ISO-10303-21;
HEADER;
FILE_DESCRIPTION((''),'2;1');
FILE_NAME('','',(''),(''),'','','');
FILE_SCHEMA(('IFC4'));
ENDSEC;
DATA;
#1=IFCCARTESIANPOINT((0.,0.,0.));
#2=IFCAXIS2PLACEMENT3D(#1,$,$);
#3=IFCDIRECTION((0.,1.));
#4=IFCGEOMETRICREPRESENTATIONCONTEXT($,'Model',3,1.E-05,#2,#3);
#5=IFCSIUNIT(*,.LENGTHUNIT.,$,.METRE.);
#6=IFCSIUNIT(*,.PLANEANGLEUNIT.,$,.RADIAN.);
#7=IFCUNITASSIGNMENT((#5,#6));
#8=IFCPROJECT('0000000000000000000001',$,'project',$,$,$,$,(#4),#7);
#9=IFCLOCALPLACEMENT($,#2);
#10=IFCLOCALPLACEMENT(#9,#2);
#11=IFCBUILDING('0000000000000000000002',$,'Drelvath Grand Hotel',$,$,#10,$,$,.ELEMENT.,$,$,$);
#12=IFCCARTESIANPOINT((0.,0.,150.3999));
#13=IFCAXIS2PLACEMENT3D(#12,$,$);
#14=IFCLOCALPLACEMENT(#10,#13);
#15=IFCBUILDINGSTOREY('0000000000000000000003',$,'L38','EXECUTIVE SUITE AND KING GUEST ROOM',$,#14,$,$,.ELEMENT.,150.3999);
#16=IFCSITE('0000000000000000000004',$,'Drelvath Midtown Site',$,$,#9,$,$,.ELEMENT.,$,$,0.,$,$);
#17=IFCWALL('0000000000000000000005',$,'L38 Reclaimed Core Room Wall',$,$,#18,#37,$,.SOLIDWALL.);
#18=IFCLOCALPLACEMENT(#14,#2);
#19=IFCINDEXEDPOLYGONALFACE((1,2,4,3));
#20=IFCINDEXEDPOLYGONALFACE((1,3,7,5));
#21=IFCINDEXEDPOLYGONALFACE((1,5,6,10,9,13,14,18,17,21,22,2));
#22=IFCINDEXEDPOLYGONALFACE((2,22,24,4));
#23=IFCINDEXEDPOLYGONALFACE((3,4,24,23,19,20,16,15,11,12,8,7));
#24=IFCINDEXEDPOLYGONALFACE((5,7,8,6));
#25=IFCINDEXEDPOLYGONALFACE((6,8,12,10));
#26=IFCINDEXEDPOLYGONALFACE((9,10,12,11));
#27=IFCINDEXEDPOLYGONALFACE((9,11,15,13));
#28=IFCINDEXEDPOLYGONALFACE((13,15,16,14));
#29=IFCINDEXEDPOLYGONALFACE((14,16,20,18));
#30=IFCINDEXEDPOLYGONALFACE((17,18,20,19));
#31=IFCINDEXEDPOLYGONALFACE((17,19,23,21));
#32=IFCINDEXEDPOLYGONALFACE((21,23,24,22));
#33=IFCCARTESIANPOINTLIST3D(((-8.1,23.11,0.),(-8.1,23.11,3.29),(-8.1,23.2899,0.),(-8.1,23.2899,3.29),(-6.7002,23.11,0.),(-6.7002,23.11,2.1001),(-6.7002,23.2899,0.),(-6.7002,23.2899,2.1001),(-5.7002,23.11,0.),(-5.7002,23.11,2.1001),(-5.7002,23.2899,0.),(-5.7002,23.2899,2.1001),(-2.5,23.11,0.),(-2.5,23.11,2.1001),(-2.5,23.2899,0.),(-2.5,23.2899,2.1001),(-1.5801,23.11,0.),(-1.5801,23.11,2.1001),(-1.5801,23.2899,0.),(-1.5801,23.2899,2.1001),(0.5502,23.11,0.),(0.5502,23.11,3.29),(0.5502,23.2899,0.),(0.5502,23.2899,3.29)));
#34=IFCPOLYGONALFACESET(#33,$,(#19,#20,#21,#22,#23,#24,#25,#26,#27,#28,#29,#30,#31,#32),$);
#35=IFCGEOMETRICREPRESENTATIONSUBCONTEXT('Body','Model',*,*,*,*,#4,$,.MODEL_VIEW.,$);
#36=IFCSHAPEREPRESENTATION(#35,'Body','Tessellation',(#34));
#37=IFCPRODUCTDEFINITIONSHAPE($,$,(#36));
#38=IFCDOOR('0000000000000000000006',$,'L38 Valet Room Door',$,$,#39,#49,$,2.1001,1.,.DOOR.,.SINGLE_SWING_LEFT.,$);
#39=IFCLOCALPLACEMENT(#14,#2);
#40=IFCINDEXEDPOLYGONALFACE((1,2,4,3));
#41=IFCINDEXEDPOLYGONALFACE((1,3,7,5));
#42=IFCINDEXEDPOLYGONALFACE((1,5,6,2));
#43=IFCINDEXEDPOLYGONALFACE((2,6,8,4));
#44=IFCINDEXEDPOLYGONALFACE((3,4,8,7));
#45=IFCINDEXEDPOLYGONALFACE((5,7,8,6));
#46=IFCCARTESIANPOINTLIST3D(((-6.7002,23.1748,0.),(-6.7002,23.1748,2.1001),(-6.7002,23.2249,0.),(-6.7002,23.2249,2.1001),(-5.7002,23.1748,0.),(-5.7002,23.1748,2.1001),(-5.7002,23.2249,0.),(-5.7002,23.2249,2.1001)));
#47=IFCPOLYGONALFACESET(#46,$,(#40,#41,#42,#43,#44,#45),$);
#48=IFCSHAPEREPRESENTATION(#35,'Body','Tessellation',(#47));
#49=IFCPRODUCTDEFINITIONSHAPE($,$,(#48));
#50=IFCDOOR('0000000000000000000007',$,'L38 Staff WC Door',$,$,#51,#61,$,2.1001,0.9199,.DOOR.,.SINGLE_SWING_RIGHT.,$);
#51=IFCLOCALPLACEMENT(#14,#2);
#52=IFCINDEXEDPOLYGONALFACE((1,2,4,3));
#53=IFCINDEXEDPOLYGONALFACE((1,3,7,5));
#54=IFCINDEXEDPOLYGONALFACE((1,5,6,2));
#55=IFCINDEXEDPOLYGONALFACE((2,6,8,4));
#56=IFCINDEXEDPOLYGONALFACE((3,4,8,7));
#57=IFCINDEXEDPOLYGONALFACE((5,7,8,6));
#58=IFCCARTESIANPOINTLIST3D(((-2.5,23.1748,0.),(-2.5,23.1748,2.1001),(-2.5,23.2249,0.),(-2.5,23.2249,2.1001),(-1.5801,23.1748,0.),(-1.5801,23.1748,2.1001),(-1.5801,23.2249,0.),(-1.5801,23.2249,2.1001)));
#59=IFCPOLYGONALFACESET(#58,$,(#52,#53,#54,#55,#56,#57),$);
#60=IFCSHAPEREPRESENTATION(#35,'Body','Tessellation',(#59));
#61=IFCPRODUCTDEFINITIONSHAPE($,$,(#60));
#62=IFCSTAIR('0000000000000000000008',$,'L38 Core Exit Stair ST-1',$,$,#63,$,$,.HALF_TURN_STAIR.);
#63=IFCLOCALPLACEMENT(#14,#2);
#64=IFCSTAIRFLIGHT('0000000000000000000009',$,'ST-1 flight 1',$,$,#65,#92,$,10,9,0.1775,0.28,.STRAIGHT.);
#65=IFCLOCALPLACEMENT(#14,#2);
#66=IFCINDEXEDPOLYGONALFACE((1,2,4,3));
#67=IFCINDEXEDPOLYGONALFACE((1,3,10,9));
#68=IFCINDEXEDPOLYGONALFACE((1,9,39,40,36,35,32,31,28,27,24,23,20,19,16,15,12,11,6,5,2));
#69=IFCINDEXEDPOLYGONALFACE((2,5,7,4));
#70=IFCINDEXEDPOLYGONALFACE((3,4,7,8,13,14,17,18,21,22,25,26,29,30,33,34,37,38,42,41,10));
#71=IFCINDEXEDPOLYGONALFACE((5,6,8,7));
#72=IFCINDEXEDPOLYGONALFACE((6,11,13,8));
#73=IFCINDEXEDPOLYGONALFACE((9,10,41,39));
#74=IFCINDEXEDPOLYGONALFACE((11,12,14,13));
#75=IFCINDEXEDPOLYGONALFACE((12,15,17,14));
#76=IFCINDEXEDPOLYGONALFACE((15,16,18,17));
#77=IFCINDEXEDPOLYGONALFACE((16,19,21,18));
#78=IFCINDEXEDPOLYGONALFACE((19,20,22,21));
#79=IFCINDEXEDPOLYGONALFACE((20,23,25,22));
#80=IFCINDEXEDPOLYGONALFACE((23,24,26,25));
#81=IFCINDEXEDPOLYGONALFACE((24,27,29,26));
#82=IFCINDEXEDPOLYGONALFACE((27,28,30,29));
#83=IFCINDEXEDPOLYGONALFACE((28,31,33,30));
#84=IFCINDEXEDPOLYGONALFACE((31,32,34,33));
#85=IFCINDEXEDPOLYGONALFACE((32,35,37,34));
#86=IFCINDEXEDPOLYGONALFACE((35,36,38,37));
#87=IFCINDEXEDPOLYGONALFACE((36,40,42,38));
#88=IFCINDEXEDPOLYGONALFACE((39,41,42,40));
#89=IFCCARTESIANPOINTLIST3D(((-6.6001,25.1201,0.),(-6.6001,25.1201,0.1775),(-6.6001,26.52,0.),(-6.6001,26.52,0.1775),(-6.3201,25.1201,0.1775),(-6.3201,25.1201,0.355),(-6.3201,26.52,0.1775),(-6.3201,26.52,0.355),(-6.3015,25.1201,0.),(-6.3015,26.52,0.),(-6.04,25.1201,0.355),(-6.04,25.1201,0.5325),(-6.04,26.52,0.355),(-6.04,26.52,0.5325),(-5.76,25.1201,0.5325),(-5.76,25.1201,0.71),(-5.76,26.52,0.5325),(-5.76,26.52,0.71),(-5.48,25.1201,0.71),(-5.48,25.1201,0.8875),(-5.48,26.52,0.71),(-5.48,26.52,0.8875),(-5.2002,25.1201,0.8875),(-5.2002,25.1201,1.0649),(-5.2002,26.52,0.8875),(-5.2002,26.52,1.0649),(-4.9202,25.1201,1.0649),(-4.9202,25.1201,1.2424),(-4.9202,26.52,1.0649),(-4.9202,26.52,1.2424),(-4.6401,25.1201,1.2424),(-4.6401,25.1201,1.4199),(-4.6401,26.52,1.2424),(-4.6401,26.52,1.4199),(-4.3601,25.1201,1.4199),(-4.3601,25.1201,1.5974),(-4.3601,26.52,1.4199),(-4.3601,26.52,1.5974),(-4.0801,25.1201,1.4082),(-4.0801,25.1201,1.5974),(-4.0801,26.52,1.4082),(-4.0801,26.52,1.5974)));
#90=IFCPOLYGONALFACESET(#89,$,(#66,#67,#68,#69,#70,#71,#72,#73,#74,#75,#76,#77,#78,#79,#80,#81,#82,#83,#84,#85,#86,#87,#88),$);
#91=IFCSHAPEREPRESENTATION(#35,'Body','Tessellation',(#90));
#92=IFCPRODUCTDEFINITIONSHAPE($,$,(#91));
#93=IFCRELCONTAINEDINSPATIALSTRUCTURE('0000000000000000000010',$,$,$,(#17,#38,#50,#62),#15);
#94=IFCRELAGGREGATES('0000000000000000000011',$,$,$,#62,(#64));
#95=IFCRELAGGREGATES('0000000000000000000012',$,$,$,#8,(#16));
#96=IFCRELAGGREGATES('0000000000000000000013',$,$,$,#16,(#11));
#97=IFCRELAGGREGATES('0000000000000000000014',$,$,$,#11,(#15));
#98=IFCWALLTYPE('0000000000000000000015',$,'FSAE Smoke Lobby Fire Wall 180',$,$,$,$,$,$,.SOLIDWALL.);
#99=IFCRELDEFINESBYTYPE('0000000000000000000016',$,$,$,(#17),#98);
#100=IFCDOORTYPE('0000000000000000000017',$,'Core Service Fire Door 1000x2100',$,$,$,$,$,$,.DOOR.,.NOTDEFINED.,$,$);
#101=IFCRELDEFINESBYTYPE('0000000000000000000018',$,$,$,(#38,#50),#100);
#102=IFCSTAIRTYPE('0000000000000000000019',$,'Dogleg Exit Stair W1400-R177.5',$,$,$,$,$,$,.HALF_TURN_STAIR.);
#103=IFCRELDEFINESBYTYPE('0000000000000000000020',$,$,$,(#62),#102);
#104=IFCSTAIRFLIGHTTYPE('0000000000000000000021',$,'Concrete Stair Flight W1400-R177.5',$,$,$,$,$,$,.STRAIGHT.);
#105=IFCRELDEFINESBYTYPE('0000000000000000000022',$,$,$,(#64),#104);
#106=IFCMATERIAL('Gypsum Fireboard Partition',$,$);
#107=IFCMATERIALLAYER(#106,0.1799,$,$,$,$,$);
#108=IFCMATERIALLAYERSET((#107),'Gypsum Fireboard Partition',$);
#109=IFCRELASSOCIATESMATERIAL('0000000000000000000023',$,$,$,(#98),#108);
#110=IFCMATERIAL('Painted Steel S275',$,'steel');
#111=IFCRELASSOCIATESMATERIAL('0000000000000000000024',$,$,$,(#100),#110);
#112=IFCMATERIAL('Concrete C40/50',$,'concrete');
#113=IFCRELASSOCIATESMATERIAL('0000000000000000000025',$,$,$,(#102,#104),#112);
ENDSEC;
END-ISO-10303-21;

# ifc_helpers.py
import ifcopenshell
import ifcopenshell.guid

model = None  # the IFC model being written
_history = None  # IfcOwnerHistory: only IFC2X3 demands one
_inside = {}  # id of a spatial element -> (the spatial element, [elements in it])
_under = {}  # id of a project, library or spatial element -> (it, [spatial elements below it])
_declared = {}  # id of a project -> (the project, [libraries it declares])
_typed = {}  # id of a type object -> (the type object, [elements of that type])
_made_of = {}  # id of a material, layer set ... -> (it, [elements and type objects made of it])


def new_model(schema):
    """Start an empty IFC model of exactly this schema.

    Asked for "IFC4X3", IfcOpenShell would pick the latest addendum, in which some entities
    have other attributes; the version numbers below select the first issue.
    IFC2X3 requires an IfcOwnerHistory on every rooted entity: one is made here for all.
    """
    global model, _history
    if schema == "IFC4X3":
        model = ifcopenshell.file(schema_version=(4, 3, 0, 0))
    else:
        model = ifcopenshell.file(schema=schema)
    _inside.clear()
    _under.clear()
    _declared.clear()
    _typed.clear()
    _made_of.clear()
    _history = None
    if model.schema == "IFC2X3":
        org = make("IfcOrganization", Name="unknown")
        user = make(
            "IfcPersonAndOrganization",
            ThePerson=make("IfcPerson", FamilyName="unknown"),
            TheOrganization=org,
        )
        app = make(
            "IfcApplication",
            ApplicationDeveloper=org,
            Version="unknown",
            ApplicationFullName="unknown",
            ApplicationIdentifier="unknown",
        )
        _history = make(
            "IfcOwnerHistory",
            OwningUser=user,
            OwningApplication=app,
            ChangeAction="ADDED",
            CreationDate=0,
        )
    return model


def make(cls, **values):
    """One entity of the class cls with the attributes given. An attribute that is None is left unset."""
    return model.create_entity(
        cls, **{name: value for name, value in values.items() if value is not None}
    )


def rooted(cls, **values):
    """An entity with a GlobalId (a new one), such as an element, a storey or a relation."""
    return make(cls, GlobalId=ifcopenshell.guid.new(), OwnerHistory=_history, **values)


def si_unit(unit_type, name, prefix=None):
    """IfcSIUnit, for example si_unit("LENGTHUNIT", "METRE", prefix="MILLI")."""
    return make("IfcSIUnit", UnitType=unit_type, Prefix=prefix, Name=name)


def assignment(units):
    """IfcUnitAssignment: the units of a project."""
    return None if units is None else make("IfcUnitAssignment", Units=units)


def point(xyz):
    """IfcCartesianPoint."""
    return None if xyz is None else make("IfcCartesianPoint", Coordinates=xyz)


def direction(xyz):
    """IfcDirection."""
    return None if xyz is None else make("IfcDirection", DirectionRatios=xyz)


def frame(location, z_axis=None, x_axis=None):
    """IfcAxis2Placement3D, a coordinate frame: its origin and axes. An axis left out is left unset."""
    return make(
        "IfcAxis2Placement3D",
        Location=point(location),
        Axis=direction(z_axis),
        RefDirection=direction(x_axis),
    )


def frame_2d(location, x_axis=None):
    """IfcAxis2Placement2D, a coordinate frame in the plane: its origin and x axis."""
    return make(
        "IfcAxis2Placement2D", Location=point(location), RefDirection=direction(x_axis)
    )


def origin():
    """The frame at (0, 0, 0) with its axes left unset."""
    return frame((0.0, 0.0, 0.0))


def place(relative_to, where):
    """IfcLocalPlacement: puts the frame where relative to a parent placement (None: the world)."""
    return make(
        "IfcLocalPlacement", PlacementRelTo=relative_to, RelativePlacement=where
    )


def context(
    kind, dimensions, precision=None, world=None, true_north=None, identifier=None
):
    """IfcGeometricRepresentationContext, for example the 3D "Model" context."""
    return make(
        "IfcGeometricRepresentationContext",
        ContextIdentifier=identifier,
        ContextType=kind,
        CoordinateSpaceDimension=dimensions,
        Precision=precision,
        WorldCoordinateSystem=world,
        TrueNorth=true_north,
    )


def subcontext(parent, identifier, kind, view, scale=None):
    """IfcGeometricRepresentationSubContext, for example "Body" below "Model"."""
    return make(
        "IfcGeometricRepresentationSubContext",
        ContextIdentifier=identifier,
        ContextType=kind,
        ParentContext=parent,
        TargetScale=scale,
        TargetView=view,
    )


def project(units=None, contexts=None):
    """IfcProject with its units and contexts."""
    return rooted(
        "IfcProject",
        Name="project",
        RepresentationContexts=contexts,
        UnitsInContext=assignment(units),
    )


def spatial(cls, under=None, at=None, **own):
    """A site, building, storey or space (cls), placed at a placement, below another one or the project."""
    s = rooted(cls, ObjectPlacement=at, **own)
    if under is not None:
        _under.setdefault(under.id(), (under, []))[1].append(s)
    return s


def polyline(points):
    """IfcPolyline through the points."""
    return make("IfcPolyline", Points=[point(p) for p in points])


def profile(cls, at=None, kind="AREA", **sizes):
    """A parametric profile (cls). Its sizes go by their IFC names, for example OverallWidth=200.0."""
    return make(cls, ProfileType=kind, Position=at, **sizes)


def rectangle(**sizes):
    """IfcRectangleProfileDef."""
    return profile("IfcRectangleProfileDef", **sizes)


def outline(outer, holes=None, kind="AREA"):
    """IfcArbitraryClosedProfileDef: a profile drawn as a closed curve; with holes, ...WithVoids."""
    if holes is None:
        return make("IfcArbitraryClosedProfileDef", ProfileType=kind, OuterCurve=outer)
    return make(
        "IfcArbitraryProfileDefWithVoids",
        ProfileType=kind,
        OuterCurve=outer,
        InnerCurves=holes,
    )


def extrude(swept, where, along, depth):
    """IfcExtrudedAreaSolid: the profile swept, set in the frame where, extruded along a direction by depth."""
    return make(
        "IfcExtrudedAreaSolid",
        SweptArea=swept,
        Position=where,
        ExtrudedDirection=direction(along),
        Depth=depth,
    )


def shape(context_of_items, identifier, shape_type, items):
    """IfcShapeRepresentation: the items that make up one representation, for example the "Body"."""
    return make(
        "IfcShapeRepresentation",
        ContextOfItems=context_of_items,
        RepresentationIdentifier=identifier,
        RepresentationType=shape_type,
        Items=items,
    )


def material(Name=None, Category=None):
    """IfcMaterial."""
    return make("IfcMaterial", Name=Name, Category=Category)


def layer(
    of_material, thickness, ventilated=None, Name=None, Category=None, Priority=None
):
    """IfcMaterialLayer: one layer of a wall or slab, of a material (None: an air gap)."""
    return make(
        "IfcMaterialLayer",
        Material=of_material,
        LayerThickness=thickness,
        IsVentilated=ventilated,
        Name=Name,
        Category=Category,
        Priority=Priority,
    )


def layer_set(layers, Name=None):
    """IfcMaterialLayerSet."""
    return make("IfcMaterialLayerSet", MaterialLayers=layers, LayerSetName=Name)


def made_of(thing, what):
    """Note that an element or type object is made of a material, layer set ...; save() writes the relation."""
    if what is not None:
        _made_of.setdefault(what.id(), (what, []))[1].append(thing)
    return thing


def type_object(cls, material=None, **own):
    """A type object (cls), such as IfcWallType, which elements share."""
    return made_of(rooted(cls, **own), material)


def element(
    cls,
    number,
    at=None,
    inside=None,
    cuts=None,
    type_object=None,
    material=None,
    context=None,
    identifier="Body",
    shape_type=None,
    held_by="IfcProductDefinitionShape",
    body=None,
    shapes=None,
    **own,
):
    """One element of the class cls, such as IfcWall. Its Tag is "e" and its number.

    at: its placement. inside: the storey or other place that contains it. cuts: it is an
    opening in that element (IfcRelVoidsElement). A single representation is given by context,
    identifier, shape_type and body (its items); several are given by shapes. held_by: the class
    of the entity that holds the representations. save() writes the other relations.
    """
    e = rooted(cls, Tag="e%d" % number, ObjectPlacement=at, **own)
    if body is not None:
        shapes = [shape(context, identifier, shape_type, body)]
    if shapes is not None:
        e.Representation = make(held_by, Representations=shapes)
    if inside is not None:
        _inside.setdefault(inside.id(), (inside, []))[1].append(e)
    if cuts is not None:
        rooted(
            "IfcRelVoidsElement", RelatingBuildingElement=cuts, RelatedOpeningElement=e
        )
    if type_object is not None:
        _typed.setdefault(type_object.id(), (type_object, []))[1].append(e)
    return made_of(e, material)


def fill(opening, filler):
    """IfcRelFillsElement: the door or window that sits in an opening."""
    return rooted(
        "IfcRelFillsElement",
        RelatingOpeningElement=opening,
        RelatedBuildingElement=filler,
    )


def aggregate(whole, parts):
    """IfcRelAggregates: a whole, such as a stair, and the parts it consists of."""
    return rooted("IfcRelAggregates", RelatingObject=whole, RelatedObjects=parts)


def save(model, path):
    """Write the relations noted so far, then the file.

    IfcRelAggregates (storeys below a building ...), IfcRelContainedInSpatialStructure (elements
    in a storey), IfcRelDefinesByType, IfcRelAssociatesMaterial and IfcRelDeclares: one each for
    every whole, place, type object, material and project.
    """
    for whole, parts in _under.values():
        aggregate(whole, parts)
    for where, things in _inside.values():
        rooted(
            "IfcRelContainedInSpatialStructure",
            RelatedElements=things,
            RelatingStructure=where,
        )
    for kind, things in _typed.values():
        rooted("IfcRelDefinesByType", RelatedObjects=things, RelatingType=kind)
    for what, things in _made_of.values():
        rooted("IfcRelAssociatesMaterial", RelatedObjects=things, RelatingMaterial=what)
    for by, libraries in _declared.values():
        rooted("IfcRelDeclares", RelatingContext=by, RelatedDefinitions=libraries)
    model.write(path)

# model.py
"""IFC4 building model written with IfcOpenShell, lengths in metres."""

from ifc_helpers import new_model, si_unit, direction, frame, frame_2d, origin, place, context, subcontext, project, spatial, polyline, rectangle, outline, extrude, material, layer, layer_set, type_object, element, fill, aggregate, save


model = new_model("IFC4")

# Units and contexts
model_context = context("Model", 3, precision=1e-05, world=origin(), true_north=direction((0.0, 1.0)))
body_context = subcontext(model_context, "Body", "Model", "MODEL_VIEW")
ifc_project = project(units=[si_unit("LENGTHUNIT", "METRE"), si_unit("PLANEANGLEUNIT", "RADIAN")], contexts=[model_context])

# Site, building, storey
site_placement = place(None, origin())
site = spatial("IfcSite", under=ifc_project, at=site_placement, Name="Drelvath Midtown Site", CompositionType="ELEMENT", RefElevation=0.0)
building_placement = place(site_placement, origin())
building = spatial("IfcBuilding", under=site, at=building_placement, Name="Drelvath Grand Hotel", CompositionType="ELEMENT")
storey_placement = place(building_placement, frame((0.0, 0.0, 150.3999)))
storey = spatial("IfcBuildingStorey", under=building, at=storey_placement, Name="L38", Description="EXECUTIVE SUITE AND KING GUEST ROOM", CompositionType="ELEMENT", Elevation=150.3999)

# Shared definitions
ifc_material_1 = material(Name="Concrete C40/50", Category="concrete")
ifc_material_2 = material(Name="Painted Steel S275", Category="steel")

# Wall, openings, doors
ifc_material_3 = material(Name="Gypsum Fireboard Partition")
ifc_layer_1 = layer(ifc_material_3, 0.1799)
ifc_layer_set_1 = layer_set([ifc_layer_1], Name="Gypsum Fireboard Partition")
wall_type_1 = type_object("IfcWallType", Name="FSAE Smoke Lobby Fire Wall 180", PredefinedType="SOLIDWALL", material=ifc_layer_set_1)
wall_1_placement = place(storey_placement, frame((-8.1001, 23.2, 0.0), z_axis=(0.0, 0.0, 1.0), x_axis=(1.0, 0.0, 0.0)))
wall_1 = element("IfcWall", 1, at=wall_1_placement, inside=storey, type_object=wall_type_1, Name="L38 Reclaimed Core Room Wall", PredefinedType="SOLIDWALL", context=body_context, shape_type="SweptSolid", body=[
    extrude(rectangle(XDim=8.6501, YDim=0.1799, at=frame_2d((4.3252, 0.0))), origin(), (0.0, 0.0, 1.0), 3.29),
])
opening_1_placement = place(wall_1_placement, frame((1.3999, 0.0, 0.0)))
opening_1 = element("IfcOpeningElement", 2, at=opening_1_placement, cuts=wall_1, PredefinedType="OPENING", context=body_context, shape_type="SweptSolid", body=[
    extrude(rectangle(XDim=1.0, YDim=2.1001, at=frame_2d((0.5, 1.05))), frame((0.0, 0.0999, 0.0), z_axis=(0.0, -1.0, 0.0), x_axis=(1.0, 0.0, 0.0)), (0.0, 0.0, 1.0), 0.2),
])
opening_2_placement = place(wall_1_placement, frame((5.6001, 0.0, 0.0)))
opening_2 = element("IfcOpeningElement", 3, at=opening_2_placement, cuts=wall_1, PredefinedType="OPENING", context=body_context, shape_type="SweptSolid", body=[
    extrude(rectangle(XDim=0.9199, YDim=2.1001, at=frame_2d((0.46, 1.05))), frame((0.0, 0.0999, 0.0), z_axis=(0.0, -1.0, 0.0), x_axis=(1.0, 0.0, 0.0)), (0.0, 0.0, 1.0), 0.2),
])
door_type_1 = type_object("IfcDoorType", Name="Core Service Fire Door 1000x2100", OperationType="NOTDEFINED", PredefinedType="DOOR", material=ifc_material_2)
door_1_placement = place(opening_1_placement, origin())
door_1 = element("IfcDoor", 4, at=door_1_placement, inside=storey, type_object=door_type_1, Name="L38 Valet Room Door", OperationType="SINGLE_SWING_LEFT", OverallHeight=2.1001, OverallWidth=1.0, PredefinedType="DOOR", context=body_context, shape_type="SweptSolid", body=[
    extrude(rectangle(XDim=1.0, YDim=2.1001, at=frame_2d((0.5, 1.05))), frame((0.0, 0.0249, 0.0), z_axis=(0.0, -1.0, 0.0), x_axis=(1.0, 0.0, 0.0)), (0.0, 0.0, 1.0), 0.05),
])
fill(opening_1, door_1)
door_2_placement = place(opening_2_placement, origin())
door_2 = element("IfcDoor", 5, at=door_2_placement, inside=storey, type_object=door_type_1, Name="L38 Staff WC Door", OperationType="SINGLE_SWING_RIGHT", OverallHeight=2.1001, OverallWidth=0.9199, PredefinedType="DOOR", context=body_context, shape_type="SweptSolid", body=[
    extrude(rectangle(XDim=0.9199, YDim=2.1001, at=frame_2d((0.46, 1.05))), frame((0.0, 0.0249, 0.0), z_axis=(0.0, -1.0, 0.0), x_axis=(1.0, 0.0, 0.0)), (0.0, 0.0, 1.0), 0.05),
])
fill(opening_2, door_2)

# Stair, stair flight
stair_type = type_object("IfcStairType", Name="Dogleg Exit Stair W1400-R177.5", PredefinedType="HALF_TURN_STAIR", material=ifc_material_1)
stair_placement = place(storey_placement, origin())
stair = element("IfcStair", 6, at=stair_placement, inside=storey, type_object=stair_type, Name="L38 Core Exit Stair ST-1", PredefinedType="HALF_TURN_STAIR")
stair_flight_type = type_object("IfcStairFlightType", Name="Concrete Stair Flight W1400-R177.5", PredefinedType="STRAIGHT", material=ifc_material_1)
stair_flight_placement = place(storey_placement, frame((-6.6001, 25.8201, 0.0), z_axis=(0.0, 0.0, 1.0), x_axis=(1.0, 0.0, 0.0)))
stair_flight = element("IfcStairFlight", 7, at=stair_flight_placement, type_object=stair_flight_type, Name="ST-1 flight 1", NumberOfRisers=10, NumberOfTreads=9, PredefinedType="STRAIGHT", RiserHeight=0.1775, TreadLength=0.28, context=body_context, shape_type="SweptSolid", body=[
    extrude(outline(polyline([(0.0, 0.0), (0.0, 0.1775), (0.28, 0.1775), (0.28, 0.355), (0.5601, 0.355), (0.5601, 0.5325), (0.8401, 0.5325), (0.8401, 0.71), (1.1201, 0.71), (1.1201, 0.8875), (1.3999, 0.8875), (1.3999, 1.0649), (1.6799, 1.0649), (1.6799, 1.2424), (1.96, 1.2424), (1.96, 1.4199), (2.24, 1.4199), (2.24, 1.5974), (2.52, 1.5974), (2.52, 1.7749), (2.52, 1.4082), (0.2986, 0.0), (0.0, 0.0)])), frame((0.0, 0.7, 0.0), z_axis=(0.0, -1.0, 0.0), x_axis=(1.0, 0.0, 0.0)), (0.0, 0.0, 1.0), 1.3999),
])
aggregate(stair, [stair_flight])

save(model, "model.ifc")
